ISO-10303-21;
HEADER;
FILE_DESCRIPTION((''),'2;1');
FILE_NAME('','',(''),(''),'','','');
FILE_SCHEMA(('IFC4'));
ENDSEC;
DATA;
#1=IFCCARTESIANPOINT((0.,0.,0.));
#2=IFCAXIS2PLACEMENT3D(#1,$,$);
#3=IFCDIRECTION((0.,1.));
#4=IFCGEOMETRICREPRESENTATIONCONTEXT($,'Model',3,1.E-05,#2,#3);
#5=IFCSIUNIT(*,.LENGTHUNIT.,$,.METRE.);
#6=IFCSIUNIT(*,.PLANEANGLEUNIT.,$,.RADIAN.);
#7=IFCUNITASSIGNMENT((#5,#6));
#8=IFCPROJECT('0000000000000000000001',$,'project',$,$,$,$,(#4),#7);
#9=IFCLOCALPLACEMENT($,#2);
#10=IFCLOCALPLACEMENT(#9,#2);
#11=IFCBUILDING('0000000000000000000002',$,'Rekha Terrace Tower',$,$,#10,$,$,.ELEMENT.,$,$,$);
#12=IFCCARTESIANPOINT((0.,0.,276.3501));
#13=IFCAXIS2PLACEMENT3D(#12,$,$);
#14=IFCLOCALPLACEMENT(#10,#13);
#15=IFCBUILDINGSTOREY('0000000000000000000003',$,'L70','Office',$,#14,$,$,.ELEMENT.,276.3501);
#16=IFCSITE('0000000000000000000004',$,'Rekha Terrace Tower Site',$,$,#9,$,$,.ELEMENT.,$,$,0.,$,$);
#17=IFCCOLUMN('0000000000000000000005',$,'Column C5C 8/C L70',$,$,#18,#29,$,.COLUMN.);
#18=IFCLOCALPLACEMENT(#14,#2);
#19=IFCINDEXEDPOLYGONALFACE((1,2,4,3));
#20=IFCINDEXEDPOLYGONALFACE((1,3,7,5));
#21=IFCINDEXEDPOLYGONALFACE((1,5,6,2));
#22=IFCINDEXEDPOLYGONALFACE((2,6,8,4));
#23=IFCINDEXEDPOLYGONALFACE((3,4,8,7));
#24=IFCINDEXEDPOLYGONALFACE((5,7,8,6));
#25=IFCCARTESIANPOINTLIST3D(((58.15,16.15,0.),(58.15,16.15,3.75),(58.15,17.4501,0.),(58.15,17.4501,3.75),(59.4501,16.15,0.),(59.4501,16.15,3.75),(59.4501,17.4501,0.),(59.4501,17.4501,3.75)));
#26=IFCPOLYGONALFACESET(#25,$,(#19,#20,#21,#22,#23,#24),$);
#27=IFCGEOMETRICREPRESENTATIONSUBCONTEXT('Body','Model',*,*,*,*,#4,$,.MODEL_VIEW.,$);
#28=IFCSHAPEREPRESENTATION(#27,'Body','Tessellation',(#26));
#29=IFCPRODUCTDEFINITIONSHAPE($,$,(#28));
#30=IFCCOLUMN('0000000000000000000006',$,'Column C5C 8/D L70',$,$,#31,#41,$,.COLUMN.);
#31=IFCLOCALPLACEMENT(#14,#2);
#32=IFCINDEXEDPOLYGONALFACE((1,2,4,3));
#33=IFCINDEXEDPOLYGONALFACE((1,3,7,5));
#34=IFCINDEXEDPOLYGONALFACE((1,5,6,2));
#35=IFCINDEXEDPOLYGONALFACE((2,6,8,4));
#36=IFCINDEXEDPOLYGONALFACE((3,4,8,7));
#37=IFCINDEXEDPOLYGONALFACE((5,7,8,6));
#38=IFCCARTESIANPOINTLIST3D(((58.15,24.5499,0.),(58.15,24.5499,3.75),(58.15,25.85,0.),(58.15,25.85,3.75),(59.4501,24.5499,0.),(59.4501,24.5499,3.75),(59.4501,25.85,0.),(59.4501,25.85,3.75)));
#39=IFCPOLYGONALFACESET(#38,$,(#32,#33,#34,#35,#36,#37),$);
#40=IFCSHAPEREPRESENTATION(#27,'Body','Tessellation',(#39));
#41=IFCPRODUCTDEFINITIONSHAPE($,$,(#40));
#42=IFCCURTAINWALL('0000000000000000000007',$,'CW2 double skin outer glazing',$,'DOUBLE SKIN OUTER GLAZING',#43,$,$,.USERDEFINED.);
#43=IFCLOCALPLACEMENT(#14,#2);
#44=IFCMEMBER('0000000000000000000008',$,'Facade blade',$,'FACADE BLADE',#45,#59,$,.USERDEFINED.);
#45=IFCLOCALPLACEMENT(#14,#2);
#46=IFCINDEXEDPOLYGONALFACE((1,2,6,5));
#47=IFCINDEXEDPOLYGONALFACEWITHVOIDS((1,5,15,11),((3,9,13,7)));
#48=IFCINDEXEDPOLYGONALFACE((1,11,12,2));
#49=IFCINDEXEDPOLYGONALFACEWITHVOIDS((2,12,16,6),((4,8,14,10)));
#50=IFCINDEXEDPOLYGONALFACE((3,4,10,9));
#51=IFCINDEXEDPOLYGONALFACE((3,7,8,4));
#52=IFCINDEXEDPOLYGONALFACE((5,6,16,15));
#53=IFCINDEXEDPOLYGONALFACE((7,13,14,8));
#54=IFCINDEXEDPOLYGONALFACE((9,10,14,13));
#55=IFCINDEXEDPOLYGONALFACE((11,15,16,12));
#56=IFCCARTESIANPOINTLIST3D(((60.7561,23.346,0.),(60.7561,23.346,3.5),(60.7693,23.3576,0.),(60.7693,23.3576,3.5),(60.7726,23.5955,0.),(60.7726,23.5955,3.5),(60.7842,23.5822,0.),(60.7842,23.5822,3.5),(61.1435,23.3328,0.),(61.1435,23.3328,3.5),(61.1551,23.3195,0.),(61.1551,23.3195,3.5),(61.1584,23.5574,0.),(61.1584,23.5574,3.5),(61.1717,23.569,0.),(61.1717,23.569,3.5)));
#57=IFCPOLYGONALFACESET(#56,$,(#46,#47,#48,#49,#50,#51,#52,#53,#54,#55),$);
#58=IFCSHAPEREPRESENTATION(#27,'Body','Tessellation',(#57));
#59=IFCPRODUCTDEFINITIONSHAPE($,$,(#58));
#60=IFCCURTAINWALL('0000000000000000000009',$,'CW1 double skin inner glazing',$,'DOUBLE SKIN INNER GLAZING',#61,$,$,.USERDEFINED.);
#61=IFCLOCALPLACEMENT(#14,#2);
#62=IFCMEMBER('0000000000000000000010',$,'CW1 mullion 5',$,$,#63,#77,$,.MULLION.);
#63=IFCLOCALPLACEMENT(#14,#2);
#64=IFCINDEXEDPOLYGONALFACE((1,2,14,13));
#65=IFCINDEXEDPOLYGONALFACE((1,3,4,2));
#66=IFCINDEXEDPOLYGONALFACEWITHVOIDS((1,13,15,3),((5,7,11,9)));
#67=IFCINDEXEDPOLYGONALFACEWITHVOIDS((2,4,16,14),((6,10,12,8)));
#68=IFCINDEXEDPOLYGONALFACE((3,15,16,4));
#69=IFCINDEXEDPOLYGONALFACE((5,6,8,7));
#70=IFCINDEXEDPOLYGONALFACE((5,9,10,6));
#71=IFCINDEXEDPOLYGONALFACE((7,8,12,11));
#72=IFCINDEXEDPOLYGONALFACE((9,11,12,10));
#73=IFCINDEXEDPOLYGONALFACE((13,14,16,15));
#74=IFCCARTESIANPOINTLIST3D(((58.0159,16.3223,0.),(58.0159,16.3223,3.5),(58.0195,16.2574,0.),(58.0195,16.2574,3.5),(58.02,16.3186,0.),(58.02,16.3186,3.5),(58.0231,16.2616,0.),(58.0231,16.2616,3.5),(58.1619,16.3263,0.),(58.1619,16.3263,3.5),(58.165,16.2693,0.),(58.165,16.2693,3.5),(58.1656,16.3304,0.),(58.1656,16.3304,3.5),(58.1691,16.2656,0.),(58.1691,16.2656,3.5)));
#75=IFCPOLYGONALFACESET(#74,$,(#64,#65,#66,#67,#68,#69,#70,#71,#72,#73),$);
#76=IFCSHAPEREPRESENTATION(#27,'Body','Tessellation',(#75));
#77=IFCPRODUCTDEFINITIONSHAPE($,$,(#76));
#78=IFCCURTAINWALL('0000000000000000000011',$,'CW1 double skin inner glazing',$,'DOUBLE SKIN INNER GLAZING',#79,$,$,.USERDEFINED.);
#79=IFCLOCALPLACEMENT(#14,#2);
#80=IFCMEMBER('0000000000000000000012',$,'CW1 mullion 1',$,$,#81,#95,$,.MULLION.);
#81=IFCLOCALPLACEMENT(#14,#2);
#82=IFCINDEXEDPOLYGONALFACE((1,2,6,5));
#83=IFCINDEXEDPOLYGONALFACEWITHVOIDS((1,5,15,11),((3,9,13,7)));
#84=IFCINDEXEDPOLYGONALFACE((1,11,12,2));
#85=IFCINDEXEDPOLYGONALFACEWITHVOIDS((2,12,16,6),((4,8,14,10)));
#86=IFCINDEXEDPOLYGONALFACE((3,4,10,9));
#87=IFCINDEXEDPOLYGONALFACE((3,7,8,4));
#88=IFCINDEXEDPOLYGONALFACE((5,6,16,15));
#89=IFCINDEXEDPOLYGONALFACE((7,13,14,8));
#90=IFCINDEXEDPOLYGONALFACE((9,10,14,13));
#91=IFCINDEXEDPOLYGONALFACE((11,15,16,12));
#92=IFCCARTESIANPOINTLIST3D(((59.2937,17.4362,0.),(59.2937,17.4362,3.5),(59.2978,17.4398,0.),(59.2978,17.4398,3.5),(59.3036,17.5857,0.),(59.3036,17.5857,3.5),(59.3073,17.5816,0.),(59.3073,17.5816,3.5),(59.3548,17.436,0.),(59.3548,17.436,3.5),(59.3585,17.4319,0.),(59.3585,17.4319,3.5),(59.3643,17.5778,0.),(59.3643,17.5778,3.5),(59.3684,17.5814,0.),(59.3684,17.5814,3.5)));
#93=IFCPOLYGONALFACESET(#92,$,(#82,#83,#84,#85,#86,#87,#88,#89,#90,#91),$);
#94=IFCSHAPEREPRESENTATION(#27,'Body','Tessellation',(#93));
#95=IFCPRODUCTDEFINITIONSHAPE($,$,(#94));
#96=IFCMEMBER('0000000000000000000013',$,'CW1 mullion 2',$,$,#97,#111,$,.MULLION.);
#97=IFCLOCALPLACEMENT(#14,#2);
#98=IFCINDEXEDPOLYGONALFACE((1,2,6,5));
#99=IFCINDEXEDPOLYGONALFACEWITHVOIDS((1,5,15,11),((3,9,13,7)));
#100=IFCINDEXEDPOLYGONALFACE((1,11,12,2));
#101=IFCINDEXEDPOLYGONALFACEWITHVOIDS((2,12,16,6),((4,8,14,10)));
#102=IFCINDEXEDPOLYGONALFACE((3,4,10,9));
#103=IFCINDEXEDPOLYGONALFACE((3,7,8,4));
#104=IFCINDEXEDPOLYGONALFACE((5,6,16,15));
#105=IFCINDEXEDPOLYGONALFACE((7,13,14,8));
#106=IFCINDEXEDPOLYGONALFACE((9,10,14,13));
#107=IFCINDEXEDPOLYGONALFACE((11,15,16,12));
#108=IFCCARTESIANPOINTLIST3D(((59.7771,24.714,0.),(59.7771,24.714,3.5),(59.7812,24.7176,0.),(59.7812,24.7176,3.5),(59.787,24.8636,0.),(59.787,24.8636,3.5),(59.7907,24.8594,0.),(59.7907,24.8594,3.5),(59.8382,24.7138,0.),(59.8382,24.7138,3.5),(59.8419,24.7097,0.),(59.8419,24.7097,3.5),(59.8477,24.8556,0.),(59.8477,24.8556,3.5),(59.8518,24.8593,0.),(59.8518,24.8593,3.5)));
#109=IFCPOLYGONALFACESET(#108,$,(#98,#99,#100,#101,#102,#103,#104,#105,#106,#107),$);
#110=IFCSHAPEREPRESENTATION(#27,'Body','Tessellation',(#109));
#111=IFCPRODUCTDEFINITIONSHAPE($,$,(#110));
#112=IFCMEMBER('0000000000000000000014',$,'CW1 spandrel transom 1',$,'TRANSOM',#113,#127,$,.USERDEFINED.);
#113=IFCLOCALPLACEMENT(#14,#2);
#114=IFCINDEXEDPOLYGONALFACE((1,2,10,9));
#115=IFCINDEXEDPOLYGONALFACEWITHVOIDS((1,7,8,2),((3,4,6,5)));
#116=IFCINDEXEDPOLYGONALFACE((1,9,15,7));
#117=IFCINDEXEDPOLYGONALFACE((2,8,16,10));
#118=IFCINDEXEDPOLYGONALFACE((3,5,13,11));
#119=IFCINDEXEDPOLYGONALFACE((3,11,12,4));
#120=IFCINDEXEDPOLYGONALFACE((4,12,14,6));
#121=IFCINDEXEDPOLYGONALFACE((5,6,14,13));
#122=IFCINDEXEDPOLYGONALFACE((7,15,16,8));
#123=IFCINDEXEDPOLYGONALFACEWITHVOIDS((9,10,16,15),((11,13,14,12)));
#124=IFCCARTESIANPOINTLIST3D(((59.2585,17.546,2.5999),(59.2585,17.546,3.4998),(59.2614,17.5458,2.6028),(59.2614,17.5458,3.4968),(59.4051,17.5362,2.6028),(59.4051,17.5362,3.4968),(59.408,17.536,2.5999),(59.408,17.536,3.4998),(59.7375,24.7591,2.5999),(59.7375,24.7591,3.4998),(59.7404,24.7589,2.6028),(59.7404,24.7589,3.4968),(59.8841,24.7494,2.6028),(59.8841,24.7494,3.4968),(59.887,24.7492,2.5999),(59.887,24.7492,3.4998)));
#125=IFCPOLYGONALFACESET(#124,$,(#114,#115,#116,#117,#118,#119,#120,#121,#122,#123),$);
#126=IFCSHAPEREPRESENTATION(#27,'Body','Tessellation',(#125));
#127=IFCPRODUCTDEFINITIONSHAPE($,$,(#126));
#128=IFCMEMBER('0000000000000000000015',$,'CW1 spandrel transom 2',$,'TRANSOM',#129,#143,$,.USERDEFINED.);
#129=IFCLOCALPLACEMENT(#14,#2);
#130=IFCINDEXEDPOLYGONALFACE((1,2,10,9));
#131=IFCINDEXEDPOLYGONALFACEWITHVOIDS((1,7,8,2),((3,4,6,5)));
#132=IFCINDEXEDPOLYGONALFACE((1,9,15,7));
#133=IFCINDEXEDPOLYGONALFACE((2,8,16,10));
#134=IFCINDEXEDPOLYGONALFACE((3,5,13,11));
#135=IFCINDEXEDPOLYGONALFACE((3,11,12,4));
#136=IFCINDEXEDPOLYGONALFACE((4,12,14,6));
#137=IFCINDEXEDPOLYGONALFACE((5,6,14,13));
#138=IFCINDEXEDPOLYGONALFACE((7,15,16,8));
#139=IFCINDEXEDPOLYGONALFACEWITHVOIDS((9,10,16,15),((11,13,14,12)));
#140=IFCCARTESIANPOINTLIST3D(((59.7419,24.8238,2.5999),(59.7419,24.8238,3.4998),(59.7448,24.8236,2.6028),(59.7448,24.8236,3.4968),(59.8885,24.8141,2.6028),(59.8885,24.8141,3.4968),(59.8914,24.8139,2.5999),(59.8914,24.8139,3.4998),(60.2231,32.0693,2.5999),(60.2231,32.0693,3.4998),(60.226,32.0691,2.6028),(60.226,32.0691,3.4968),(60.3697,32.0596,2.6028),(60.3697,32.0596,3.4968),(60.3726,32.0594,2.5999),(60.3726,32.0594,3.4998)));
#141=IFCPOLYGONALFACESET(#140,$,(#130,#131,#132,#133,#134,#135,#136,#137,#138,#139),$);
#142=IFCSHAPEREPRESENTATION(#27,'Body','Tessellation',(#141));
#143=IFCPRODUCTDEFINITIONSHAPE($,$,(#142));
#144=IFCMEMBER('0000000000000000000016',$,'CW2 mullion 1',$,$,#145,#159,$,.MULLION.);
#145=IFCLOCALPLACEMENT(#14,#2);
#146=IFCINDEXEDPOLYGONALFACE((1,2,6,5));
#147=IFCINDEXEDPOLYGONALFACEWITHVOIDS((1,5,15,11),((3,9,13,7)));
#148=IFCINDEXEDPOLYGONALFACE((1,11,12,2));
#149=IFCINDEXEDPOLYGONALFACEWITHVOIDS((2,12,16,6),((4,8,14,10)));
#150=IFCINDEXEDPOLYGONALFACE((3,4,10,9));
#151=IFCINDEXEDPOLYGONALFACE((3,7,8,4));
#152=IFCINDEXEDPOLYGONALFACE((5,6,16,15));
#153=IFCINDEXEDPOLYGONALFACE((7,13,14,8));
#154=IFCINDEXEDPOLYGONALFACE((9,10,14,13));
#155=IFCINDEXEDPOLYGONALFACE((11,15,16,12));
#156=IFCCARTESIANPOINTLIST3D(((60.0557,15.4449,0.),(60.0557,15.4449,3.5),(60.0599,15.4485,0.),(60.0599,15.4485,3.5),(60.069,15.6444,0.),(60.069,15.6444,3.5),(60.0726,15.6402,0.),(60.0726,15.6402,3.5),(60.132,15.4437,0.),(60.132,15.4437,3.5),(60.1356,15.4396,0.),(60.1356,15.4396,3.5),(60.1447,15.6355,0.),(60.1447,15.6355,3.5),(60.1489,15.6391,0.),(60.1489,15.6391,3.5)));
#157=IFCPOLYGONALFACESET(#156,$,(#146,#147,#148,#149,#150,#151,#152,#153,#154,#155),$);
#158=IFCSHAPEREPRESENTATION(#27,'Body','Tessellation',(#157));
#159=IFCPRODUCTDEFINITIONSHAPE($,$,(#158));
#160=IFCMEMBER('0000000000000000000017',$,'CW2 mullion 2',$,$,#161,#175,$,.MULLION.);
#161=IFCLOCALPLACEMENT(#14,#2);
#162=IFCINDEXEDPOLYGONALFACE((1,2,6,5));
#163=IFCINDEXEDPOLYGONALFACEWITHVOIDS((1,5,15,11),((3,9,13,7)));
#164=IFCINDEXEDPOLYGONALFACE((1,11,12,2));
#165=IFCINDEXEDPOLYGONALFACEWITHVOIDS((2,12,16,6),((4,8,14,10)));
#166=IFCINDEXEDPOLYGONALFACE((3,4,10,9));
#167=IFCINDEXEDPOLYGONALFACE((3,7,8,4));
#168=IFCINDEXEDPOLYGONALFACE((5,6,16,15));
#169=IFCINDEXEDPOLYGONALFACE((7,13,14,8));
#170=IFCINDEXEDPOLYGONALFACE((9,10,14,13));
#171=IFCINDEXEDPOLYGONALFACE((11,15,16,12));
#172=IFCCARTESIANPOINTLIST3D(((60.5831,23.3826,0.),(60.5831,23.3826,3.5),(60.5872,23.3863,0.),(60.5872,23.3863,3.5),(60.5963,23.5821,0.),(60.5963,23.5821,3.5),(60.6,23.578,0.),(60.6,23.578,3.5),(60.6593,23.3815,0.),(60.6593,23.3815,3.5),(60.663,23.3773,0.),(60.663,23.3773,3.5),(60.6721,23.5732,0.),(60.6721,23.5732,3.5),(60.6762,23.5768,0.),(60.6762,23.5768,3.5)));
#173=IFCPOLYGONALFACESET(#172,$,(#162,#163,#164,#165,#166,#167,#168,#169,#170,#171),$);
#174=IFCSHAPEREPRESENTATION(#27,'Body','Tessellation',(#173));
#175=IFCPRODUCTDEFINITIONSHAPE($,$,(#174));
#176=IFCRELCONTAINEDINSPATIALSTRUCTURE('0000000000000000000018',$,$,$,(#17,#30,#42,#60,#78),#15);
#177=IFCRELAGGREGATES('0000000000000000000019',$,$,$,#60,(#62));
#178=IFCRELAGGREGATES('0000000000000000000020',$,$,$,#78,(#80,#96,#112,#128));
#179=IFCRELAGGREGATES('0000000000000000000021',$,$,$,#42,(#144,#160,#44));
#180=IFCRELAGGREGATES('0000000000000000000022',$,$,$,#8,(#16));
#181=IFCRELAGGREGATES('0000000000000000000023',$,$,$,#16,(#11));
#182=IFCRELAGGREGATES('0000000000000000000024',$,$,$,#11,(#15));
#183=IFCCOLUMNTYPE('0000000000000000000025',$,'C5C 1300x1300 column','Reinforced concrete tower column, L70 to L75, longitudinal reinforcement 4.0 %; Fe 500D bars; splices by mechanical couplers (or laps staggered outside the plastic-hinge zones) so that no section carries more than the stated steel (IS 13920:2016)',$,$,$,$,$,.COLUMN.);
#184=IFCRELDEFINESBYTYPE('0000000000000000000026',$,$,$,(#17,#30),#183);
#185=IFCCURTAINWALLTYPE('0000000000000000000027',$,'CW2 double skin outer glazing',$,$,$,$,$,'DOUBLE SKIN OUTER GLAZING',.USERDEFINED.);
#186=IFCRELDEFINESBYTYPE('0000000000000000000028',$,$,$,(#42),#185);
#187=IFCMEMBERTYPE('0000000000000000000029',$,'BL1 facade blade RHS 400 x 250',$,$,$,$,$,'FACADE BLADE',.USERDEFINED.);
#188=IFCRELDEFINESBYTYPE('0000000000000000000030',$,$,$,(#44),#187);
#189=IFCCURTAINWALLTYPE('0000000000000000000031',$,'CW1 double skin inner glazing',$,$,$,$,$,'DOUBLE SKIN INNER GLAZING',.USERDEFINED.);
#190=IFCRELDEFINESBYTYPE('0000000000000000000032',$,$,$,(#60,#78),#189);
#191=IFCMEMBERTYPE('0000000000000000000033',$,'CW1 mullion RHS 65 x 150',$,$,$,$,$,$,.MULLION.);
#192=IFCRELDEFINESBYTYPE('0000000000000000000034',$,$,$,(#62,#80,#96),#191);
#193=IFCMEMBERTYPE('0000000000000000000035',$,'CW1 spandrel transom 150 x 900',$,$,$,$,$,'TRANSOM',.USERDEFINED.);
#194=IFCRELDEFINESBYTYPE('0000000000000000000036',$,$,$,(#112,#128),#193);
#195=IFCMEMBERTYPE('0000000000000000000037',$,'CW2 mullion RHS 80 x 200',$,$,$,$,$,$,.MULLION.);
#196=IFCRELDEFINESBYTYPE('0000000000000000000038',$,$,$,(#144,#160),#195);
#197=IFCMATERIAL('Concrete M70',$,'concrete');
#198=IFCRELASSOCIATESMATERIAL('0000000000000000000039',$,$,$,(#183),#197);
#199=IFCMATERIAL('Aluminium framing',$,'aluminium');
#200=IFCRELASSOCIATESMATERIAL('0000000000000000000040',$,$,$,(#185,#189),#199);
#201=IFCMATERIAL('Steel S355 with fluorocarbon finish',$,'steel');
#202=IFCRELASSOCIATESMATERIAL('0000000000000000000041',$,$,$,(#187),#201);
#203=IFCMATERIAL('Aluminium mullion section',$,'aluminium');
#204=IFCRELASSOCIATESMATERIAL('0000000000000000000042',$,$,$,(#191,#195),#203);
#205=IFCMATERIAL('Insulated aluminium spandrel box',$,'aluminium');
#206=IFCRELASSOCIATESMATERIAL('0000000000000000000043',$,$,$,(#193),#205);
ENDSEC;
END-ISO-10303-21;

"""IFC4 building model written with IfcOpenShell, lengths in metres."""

from ifc_helpers import new_model, si_unit, direction, frame, origin, origin_2d, place, context, subcontext, project, spatial, rectangle, hollow_rectangle, extrude, material, material_profile, profile_set, type_object, element, aggregate, save


model = new_model("IFC4")

# Units and contexts
model_context = context("Model", 3, precision=1e-05, world=origin(), true_north=direction((0.0, 1.0)))
body_context = subcontext(model_context, "Body", "Model", "MODEL_VIEW")
ifc_project = project(units=[si_unit("LENGTHUNIT", "METRE"), si_unit("PLANEANGLEUNIT", "RADIAN")], contexts=[model_context])

# Site, building, storey
site_placement = place(None, origin())
site = spatial("IfcSite", under=ifc_project, at=site_placement, Name="Rekha Terrace Tower Site", CompositionType="ELEMENT", RefElevation=0.0)
building_placement = place(site_placement, origin())
building = spatial("IfcBuilding", under=site, at=building_placement, Name="Rekha Terrace Tower", CompositionType="ELEMENT")
storey_placement = place(building_placement, frame((0.0, 0.0, 276.3501)))
storey = spatial("IfcBuildingStorey", under=building, at=storey_placement, Name="L70", Description="Office", CompositionType="ELEMENT", Elevation=276.3501)

# Columns
ifc_material_1 = material(Name="Concrete M70", Category="concrete")
ifc_material_profile_1 = material_profile(ifc_material_1, rectangle(XDim=1.3, YDim=1.3, at=origin_2d()), Name="RC 1300x1300")
ifc_profile_set_1 = profile_set([ifc_material_profile_1], Name="Concrete M70")
column_type = type_object("IfcColumnType", Name="C5C 1300x1300 column", Description="Reinforced concrete tower column, L70 to L75, longitudinal reinforcement 4.0 %; Fe 500D bars; splices by mechanical couplers (or laps staggered outside the plastic-hinge zones) so that no section carries more than the stated steel (IS 13920:2016)", PredefinedType="COLUMN", material=ifc_profile_set_1)
for number, where, z_axis, x_axis, name in (
    (1, (58.8, 16.8, 0.0), (0.0, 0.0, 1.0), (1.0, 0.0, 0.0), "Column C5C 8/C L70"),
    (2, (58.8, 25.2, 0.0), (0.0, 0.0, 1.0), (1.0, 0.0, 0.0), "Column C5C 8/D L70"),
):
    element("IfcColumn", number, at=place(storey_placement, frame(where, z_axis=z_axis, x_axis=x_axis)), inside=storey, type_object=column_type, Name=name, PredefinedType="COLUMN", context=body_context, shape_type="SweptSolid", body=[
        extrude(rectangle(XDim=1.3, YDim=1.3, at=origin_2d()), origin(), (0.0, 0.0, 1.0), 3.75),
    ])

# Curtain walls, members
ifc_material_2 = material(Name="Aluminium framing", Category="aluminium")
curtain_wall_type_1 = type_object("IfcCurtainWallType", Name="CW2 double skin outer glazing", ElementType="DOUBLE SKIN OUTER GLAZING", PredefinedType="USERDEFINED", material=ifc_material_2)
curtain_wall_1_placement = place(storey_placement, origin())
curtain_wall_1 = element("IfcCurtainWall", 3, at=curtain_wall_1_placement, inside=storey, type_object=curtain_wall_type_1, Name="CW2 double skin outer glazing", ObjectType="DOUBLE SKIN OUTER GLAZING", PredefinedType="USERDEFINED")
ifc_material_3 = material(Name="Steel S355 with fluorocarbon finish", Category="steel")
ifc_material_profile_2 = material_profile(ifc_material_3, hollow_rectangle(XDim=0.25, YDim=0.3999, WallThickness=0.0125, at=origin_2d()), Name="RHS400x250x12.5")
ifc_profile_set_2 = profile_set([ifc_material_profile_2], Name="Steel S355 with fluorocarbon finish")
member_type_1 = type_object("IfcMemberType", Name="BL1 facade blade RHS 400 x 250", ElementType="FACADE BLADE", PredefinedType="USERDEFINED", material=ifc_profile_set_2)
member_1_placement = place(storey_placement, frame((60.9639, 23.4575, 0.0), z_axis=(0.0, 0.0, 1.0), x_axis=(0.066272, 0.997802, 0.0)))
member_1 = element("IfcMember", 4, at=member_1_placement, type_object=member_type_1, Name="Facade blade", ObjectType="FACADE BLADE", PredefinedType="USERDEFINED", context=body_context, shape_type="SweptSolid", body=[
    extrude(hollow_rectangle(XDim=0.25, YDim=0.3999, WallThickness=0.0125, at=origin_2d()), origin(), (0.0, 0.0, 1.0), 3.5),
])
curtain_wall_type_2 = type_object("IfcCurtainWallType", Name="CW1 double skin inner glazing", ElementType="DOUBLE SKIN INNER GLAZING", PredefinedType="USERDEFINED", material=ifc_material_2)
curtain_wall_2_placement = place(storey_placement, origin())
curtain_wall_2 = element("IfcCurtainWall", 5, at=curtain_wall_2_placement, inside=storey, type_object=curtain_wall_type_2, Name="CW1 double skin inner glazing", ObjectType="DOUBLE SKIN INNER GLAZING", PredefinedType="USERDEFINED")
ifc_material_4 = material(Name="Aluminium mullion section", Category="aluminium")
ifc_material_profile_3 = material_profile(ifc_material_4, hollow_rectangle(XDim=0.0649, YDim=0.1499, WallThickness=0.0039, at=origin_2d()), Name="AL RHS 65x150")
ifc_profile_set_3 = profile_set([ifc_material_profile_3], Name="Aluminium mullion section")
member_type_2 = type_object("IfcMemberType", Name="CW1 mullion RHS 65 x 150", PredefinedType="MULLION", material=ifc_profile_set_3)
member_2_placement = place(storey_placement, frame((58.0925, 16.2939, 0.0), z_axis=(0.0, 0.0, 1.0), x_axis=(-0.054389, 0.99852, 0.0)))
member_2 = element("IfcMember", 6, at=member_2_placement, type_object=member_type_2, Name="CW1 mullion 5", PredefinedType="MULLION", context=body_context, shape_type="SweptSolid", body=[
    extrude(hollow_rectangle(XDim=0.0649, YDim=0.1499, WallThickness=0.0039, at=origin_2d()), origin(), (0.0, 0.0, 1.0), 3.5),
])

# Curtain wall, members
curtain_wall_3_placement = place(storey_placement, origin())
curtain_wall_3 = element("IfcCurtainWall", 7, at=curtain_wall_3_placement, inside=storey, type_object=curtain_wall_type_2, Name="CW1 double skin inner glazing", ObjectType="DOUBLE SKIN INNER GLAZING", PredefinedType="USERDEFINED")
member_3_placement = place(storey_placement, frame((59.3311, 17.5088, 0.0), z_axis=(0.0, 0.0, 1.0), x_axis=(-0.997802, 0.066272, 0.0)))
member_3 = element("IfcMember", 8, at=member_3_placement, type_object=member_type_2, Name="CW1 mullion 1", PredefinedType="MULLION", context=body_context, shape_type="SweptSolid", body=[
    extrude(hollow_rectangle(XDim=0.0649, YDim=0.1499, WallThickness=0.0039, at=origin_2d()), origin(), (0.0, 0.0, 1.0), 3.5),
])
member_4_placement = place(storey_placement, frame((59.8145, 24.7866, 0.0), z_axis=(0.0, 0.0, 1.0), x_axis=(-0.997802, 0.066272, 0.0)))
member_4 = element("IfcMember", 9, at=member_4_placement, type_object=member_type_2, Name="CW1 mullion 2", PredefinedType="MULLION", context=body_context, shape_type="SweptSolid", body=[
    extrude(hollow_rectangle(XDim=0.0649, YDim=0.1499, WallThickness=0.0039, at=origin_2d()), origin(), (0.0, 0.0, 1.0), 3.5),
])
ifc_material_5 = material(Name="Insulated aluminium spandrel box", Category="aluminium")
ifc_material_profile_4 = material_profile(ifc_material_5, hollow_rectangle(XDim=0.1499, YDim=0.8999, WallThickness=0.0029, at=origin_2d()), Name="AL SPANDREL BOX 150x900")
ifc_profile_set_4 = profile_set([ifc_material_profile_4], Name="Insulated aluminium spandrel box")
member_type_3 = type_object("IfcMemberType", Name="CW1 spandrel transom 150 x 900", ElementType="TRANSOM", PredefinedType="USERDEFINED", material=ifc_profile_set_4)
member_5_placement = place(storey_placement, frame((59.3333, 17.541, 3.0498), z_axis=(0.066261, 0.997802, 0.0), x_axis=(-0.997802, 0.066261, 0.0)))
member_5 = element("IfcMember", 10, at=member_5_placement, type_object=member_type_3, Name="CW1 spandrel transom 1", ObjectType="TRANSOM", PredefinedType="USERDEFINED", context=body_context, shape_type="SweptSolid", body=[
    extrude(hollow_rectangle(XDim=0.1499, YDim=0.8999, WallThickness=0.0029, at=origin_2d()), origin(), (0.0, 0.0, 1.0), 7.229),
])
member_6_placement = place(storey_placement, frame((59.8167, 24.8188, 3.0498), z_axis=(0.066267, 0.997802, 0.0), x_axis=(-0.997802, 0.066267, 0.0)))
member_6 = element("IfcMember", 11, at=member_6_placement, type_object=member_type_3, Name="CW1 spandrel transom 2", ObjectType="TRANSOM", PredefinedType="USERDEFINED", context=body_context, shape_type="SweptSolid", body=[
    extrude(hollow_rectangle(XDim=0.1499, YDim=0.8999, WallThickness=0.0029, at=origin_2d()), origin(), (0.0, 0.0, 1.0), 7.2615),
])

# Members
ifc_material_profile_5 = material_profile(ifc_material_4, hollow_rectangle(XDim=0.0801, YDim=0.2, WallThickness=0.0039, at=origin_2d()), Name="AL RHS 80x200")
ifc_profile_set_5 = profile_set([ifc_material_profile_5], Name="Aluminium mullion section")
member_type_4 = type_object("IfcMemberType", Name="CW2 mullion RHS 80 x 200", PredefinedType="MULLION", material=ifc_profile_set_5)
member_7_placement = place(storey_placement, frame((60.1023, 15.542, 0.0), z_axis=(0.0, 0.0, 1.0), x_axis=(-0.997802, 0.066272, 0.0)))
member_7 = element("IfcMember", 12, at=member_7_placement, type_object=member_type_4, Name="CW2 mullion 1", PredefinedType="MULLION", context=body_context, shape_type="SweptSolid", body=[
    extrude(hollow_rectangle(XDim=0.0801, YDim=0.2, WallThickness=0.0039, at=origin_2d()), origin(), (0.0, 0.0, 1.0), 3.5),
])
member_8_placement = place(storey_placement, frame((60.6296, 23.4797, 0.0), z_axis=(0.0, 0.0, 1.0), x_axis=(-0.997802, 0.066272, 0.0)))
member_8 = element("IfcMember", 13, at=member_8_placement, type_object=member_type_4, Name="CW2 mullion 2", PredefinedType="MULLION", context=body_context, shape_type="SweptSolid", body=[
    extrude(hollow_rectangle(XDim=0.0801, YDim=0.2, WallThickness=0.0039, at=origin_2d()), origin(), (0.0, 0.0, 1.0), 3.5),
])

aggregate(curtain_wall_2, [member_2])
aggregate(curtain_wall_3, [member_3, member_4, member_5, member_6])

aggregate(curtain_wall_1, [member_7, member_8, member_1])

save(model, "model.ifc")
